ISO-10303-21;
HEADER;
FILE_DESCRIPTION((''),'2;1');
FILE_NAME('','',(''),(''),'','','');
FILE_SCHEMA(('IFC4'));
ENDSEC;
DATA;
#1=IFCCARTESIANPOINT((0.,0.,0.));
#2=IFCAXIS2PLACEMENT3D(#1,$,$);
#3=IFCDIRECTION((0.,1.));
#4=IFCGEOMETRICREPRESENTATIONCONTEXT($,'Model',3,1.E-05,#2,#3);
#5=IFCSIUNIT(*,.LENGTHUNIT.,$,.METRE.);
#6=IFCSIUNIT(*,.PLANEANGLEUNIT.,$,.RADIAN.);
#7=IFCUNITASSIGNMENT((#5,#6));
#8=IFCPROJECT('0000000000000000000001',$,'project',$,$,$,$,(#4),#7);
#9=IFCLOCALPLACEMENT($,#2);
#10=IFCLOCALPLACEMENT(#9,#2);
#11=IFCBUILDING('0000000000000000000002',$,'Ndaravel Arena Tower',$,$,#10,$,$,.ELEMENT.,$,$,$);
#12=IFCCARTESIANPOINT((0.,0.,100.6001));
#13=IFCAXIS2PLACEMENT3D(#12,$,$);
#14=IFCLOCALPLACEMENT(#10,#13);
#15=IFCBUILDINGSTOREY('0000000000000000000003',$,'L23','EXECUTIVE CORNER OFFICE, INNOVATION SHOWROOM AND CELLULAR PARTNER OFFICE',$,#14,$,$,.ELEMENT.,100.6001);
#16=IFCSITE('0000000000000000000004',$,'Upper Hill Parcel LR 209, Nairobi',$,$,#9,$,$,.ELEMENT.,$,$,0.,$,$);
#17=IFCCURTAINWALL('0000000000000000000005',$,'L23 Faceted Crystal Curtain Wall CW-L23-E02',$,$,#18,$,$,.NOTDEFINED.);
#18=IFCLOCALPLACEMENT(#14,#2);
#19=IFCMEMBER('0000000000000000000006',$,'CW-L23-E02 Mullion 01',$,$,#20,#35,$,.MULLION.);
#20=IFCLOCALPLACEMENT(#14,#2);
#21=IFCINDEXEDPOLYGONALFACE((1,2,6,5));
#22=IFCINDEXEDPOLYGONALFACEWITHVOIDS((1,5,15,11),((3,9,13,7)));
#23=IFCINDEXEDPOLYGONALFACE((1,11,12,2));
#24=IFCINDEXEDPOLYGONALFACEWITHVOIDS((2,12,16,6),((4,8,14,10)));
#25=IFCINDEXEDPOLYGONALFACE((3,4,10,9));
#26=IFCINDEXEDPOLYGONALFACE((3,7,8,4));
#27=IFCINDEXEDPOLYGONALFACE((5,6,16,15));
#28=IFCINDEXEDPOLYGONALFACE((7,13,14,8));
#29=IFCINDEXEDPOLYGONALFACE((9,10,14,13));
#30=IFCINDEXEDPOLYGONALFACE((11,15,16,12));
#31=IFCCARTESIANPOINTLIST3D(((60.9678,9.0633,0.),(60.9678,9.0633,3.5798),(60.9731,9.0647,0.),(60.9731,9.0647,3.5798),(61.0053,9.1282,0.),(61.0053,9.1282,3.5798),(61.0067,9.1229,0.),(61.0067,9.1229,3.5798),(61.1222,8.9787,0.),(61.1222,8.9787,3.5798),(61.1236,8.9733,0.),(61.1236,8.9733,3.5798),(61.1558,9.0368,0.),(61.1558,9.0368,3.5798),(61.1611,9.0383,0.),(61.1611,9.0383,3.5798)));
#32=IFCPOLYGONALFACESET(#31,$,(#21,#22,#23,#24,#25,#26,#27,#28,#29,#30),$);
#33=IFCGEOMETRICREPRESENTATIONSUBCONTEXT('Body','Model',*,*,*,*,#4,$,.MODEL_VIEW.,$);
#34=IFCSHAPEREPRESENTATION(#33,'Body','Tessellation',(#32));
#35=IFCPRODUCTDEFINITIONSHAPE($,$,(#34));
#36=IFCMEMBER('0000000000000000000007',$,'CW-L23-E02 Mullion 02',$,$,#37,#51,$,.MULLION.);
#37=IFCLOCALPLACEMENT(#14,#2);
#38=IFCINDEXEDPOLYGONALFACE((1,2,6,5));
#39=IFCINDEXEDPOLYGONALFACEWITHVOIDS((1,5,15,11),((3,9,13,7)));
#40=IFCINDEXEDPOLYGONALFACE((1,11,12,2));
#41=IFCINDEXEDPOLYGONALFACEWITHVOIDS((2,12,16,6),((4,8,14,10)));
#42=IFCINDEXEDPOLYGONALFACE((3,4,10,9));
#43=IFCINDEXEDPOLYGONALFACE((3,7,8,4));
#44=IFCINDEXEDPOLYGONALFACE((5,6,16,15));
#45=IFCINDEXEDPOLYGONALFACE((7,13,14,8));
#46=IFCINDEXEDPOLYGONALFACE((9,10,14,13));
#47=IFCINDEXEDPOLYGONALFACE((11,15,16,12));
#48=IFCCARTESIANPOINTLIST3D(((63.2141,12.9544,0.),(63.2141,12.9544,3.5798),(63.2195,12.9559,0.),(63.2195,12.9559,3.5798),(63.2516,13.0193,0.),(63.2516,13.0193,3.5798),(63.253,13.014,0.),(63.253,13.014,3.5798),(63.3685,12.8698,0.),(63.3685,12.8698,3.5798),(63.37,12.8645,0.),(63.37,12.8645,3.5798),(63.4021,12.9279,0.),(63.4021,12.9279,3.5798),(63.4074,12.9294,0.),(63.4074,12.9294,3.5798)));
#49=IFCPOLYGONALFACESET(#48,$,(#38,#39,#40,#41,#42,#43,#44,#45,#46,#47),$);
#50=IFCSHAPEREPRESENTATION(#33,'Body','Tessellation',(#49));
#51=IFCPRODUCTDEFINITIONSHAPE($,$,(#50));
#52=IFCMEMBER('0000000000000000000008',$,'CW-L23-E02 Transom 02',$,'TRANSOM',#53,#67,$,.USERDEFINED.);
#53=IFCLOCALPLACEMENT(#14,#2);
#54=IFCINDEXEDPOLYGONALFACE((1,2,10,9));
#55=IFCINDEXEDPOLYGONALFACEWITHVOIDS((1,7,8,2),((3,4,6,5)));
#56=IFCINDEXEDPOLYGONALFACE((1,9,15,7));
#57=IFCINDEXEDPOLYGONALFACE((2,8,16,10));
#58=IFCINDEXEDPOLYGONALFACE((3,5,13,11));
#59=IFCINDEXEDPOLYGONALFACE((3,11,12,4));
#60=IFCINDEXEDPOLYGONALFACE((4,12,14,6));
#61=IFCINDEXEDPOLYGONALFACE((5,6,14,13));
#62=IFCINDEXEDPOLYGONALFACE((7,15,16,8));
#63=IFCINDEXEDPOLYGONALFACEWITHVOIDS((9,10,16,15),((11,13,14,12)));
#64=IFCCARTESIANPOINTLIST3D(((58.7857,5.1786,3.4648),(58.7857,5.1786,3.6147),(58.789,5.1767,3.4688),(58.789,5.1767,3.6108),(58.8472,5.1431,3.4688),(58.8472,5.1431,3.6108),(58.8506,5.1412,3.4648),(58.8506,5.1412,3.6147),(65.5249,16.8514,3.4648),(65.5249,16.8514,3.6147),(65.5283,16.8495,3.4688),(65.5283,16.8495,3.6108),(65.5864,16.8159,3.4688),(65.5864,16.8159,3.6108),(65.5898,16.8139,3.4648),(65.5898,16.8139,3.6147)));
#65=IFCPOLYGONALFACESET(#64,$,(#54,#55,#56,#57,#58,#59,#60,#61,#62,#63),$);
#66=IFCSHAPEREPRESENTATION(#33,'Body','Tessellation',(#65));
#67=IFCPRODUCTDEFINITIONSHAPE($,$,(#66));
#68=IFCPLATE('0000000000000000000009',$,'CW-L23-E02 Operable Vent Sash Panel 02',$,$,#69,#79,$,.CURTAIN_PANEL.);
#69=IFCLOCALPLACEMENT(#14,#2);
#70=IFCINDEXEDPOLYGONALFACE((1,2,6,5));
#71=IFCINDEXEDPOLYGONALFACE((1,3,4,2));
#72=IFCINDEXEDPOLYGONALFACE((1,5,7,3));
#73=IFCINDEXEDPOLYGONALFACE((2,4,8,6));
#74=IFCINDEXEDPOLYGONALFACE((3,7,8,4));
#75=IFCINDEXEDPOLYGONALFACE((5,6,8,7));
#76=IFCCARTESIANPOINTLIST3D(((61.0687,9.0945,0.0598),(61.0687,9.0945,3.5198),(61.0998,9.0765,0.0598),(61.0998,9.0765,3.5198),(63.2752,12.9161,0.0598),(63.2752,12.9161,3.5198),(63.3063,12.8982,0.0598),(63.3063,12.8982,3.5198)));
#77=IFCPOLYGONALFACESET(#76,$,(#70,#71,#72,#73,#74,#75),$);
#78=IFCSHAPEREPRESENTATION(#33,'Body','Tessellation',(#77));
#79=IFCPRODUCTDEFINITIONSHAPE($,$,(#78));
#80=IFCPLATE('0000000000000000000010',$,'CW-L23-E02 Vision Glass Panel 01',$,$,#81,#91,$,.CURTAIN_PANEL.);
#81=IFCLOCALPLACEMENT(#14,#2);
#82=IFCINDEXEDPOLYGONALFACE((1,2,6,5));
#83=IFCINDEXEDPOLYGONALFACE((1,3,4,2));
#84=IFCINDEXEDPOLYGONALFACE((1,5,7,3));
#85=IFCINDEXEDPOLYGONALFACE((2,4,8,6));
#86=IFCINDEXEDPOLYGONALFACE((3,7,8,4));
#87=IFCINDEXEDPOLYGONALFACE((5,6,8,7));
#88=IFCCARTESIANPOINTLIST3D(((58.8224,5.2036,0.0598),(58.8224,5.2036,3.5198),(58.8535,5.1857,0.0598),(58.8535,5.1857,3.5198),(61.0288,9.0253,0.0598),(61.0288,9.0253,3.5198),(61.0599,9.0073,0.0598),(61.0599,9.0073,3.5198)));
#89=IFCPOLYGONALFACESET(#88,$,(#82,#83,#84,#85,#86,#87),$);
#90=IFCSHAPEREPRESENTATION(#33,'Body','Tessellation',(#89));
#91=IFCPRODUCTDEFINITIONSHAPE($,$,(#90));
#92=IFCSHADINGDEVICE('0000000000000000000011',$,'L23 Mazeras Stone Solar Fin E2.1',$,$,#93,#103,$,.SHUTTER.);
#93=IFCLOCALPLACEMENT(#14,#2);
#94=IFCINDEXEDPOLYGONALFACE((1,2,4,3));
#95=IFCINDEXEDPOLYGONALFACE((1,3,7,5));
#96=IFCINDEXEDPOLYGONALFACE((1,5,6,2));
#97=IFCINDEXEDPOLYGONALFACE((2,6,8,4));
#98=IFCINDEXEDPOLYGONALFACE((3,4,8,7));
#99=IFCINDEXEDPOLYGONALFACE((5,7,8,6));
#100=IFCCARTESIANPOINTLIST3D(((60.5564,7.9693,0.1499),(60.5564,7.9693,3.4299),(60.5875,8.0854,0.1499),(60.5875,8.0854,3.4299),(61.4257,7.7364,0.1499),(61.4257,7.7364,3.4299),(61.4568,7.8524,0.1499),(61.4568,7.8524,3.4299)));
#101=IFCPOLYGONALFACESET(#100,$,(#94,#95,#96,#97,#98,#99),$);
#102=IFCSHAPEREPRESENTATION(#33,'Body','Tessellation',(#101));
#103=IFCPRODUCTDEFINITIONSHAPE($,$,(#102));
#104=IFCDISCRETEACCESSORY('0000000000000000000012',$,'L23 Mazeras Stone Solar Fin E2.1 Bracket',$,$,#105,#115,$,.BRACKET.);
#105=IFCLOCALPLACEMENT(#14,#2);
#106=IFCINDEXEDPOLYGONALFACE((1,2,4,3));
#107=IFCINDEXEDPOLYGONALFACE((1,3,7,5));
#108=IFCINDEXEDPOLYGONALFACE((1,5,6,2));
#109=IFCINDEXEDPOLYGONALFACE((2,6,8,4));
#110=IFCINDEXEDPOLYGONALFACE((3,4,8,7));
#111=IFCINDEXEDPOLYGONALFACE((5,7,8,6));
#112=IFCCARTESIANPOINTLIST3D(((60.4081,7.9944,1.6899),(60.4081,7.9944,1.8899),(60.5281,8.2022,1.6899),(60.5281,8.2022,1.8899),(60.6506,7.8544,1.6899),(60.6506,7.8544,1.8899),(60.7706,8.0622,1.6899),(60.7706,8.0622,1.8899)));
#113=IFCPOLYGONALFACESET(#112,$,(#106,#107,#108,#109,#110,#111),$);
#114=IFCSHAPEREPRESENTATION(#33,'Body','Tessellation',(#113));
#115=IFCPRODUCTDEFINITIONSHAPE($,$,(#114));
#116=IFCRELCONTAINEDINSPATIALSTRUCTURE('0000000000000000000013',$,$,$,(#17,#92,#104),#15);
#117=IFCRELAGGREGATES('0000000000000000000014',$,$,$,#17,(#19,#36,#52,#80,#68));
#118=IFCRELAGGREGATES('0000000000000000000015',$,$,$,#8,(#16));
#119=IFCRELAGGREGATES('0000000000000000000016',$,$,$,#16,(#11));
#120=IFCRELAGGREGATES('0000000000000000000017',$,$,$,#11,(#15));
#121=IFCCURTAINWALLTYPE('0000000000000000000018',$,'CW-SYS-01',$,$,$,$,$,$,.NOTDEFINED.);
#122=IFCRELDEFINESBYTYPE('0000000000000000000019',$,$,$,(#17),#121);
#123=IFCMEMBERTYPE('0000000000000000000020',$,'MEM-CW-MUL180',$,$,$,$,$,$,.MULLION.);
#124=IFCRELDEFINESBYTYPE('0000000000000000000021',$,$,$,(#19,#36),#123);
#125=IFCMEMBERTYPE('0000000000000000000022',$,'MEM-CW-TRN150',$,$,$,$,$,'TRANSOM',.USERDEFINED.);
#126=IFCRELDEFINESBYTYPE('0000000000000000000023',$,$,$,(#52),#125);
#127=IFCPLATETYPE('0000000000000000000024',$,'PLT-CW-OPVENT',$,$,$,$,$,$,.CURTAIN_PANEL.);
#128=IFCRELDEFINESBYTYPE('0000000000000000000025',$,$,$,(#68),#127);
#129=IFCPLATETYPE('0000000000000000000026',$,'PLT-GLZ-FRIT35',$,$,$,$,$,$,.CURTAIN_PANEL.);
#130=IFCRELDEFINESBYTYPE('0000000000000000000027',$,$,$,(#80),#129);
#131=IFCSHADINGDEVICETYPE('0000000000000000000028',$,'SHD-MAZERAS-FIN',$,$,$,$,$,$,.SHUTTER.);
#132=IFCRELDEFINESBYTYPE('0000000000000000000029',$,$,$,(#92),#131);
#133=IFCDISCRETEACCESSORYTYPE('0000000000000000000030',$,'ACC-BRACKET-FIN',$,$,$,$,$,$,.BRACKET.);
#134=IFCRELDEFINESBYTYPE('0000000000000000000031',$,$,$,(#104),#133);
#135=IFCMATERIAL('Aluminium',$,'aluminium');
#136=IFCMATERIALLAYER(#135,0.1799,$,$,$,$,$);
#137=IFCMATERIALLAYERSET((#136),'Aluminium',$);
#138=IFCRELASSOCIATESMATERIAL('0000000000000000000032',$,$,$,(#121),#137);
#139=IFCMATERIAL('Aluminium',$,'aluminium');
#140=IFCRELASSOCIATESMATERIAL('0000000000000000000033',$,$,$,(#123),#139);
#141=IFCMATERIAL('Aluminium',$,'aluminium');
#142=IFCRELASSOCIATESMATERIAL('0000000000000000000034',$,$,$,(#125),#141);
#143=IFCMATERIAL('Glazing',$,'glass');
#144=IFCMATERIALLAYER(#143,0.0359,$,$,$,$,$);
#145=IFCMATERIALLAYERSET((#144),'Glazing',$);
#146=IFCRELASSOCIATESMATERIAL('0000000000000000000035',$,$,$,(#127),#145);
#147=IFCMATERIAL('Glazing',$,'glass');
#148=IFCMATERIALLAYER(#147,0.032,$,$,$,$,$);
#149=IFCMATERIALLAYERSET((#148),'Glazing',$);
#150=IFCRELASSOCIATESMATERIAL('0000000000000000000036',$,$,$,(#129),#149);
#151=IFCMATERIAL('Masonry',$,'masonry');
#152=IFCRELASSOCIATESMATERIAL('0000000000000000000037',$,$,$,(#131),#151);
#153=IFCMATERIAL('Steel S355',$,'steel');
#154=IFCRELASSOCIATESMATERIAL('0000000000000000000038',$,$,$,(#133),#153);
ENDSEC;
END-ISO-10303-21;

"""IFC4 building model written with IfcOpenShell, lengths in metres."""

from ifc_helpers import new_model, si_unit, direction, frame, origin, origin_2d, place, context, subcontext, project, spatial, rectangle, hollow_rectangle, extrude, material, layer, layer_set, material_profile, profile_set, type_object, element, aggregate, save


model = new_model("IFC4")

# Units and contexts
model_context = context("Model", 3, precision=1e-05, world=origin(), true_north=direction((0.0, 1.0)))
body_context = subcontext(model_context, "Body", "Model", "MODEL_VIEW")
ifc_project = project(units=[si_unit("LENGTHUNIT", "METRE"), si_unit("PLANEANGLEUNIT", "RADIAN")], contexts=[model_context])

# Site, building, storey
site_placement = place(None, origin())
site = spatial("IfcSite", under=ifc_project, at=site_placement, Name="Upper Hill Parcel LR 209, Nairobi", CompositionType="ELEMENT", RefElevation=0.0)
building_placement = place(site_placement, origin())
building = spatial("IfcBuilding", under=site, at=building_placement, Name="Ndaravel Arena Tower", CompositionType="ELEMENT")
storey_placement = place(building_placement, frame((0.0, 0.0, 100.6001)))
storey = spatial("IfcBuildingStorey", under=building, at=storey_placement, Name="L23", Description="EXECUTIVE CORNER OFFICE, INNOVATION SHOWROOM AND CELLULAR PARTNER OFFICE", CompositionType="ELEMENT", Elevation=100.6001)

# Curtain wall, members, plates
ifc_material_1 = material(Name="Aluminium", Category="aluminium")
ifc_layer_1 = layer(ifc_material_1, 0.1799)
ifc_layer_set_1 = layer_set([ifc_layer_1], Name="Aluminium")
curtain_wall_type = type_object("IfcCurtainWallType", Name="CW-SYS-01", PredefinedType="NOTDEFINED", material=ifc_layer_set_1)
curtain_wall_placement = place(storey_placement, origin())
curtain_wall = element("IfcCurtainWall", 1, at=curtain_wall_placement, inside=storey, type_object=curtain_wall_type, Name="L23 Faceted Crystal Curtain Wall CW-L23-E02", PredefinedType="NOTDEFINED")
ifc_material_2 = material(Name="Aluminium", Category="aluminium")
ifc_material_profile_1 = material_profile(ifc_material_2, hollow_rectangle(XDim=0.075, YDim=0.1799, WallThickness=0.0039, at=origin_2d()), Name="CW MULLION 75x180x4")
ifc_profile_set_1 = profile_set([ifc_material_profile_1], Name="Aluminium")
member_type_1 = type_object("IfcMemberType", Name="MEM-CW-MUL180", PredefinedType="MULLION", material=ifc_profile_set_1)
member_1_placement = place(storey_placement, frame((61.0645, 9.0508, 0.0), z_axis=(0.0, 0.0, 1.0), x_axis=(0.5, 0.866025, 0.0)))
member_1 = element("IfcMember", 2, at=member_1_placement, type_object=member_type_1, Name="CW-L23-E02 Mullion 01", PredefinedType="MULLION", context=body_context, shape_type="SweptSolid", body=[
    extrude(hollow_rectangle(XDim=0.075, YDim=0.1799, WallThickness=0.0039, at=origin_2d()), origin(), (0.0, 0.0, 1.0), 3.5798),
])
member_2_placement = place(storey_placement, frame((63.3108, 12.9419, 0.0), z_axis=(0.0, 0.0, 1.0), x_axis=(0.5, 0.866025, 0.0)))
member_2 = element("IfcMember", 3, at=member_2_placement, type_object=member_type_1, Name="CW-L23-E02 Mullion 02", PredefinedType="MULLION", context=body_context, shape_type="SweptSolid", body=[
    extrude(hollow_rectangle(XDim=0.075, YDim=0.1799, WallThickness=0.0039, at=origin_2d()), origin(), (0.0, 0.0, 1.0), 3.5798),
])
ifc_material_3 = material(Name="Aluminium", Category="aluminium")
ifc_material_profile_2 = material_profile(ifc_material_3, hollow_rectangle(XDim=0.075, YDim=0.1499, WallThickness=0.0039, at=origin_2d()), Name="CW TRANSOM 75x150x4")
ifc_profile_set_2 = profile_set([ifc_material_profile_2], Name="Aluminium")
member_type_2 = type_object("IfcMemberType", Name="MEM-CW-TRN150", ElementType="TRANSOM", PredefinedType="USERDEFINED", material=ifc_profile_set_2)
member_3_placement = place(storey_placement, frame((58.8181, 5.1599, 3.5398), z_axis=(0.499996, 0.866028, 0.0), x_axis=(-0.866028, 0.499996, 0.0)))
member_3 = element("IfcMember", 4, at=member_3_placement, type_object=member_type_2, Name="CW-L23-E02 Transom 02", ObjectType="TRANSOM", PredefinedType="USERDEFINED", context=body_context, shape_type="SweptSolid", body=[
    extrude(hollow_rectangle(XDim=0.075, YDim=0.1499, WallThickness=0.0039, at=origin_2d()), origin(), (0.0, 0.0, 1.0), 13.4785),
])
ifc_material_4 = material(Name="Glazing", Category="glass")
ifc_layer_2 = layer(ifc_material_4, 0.0359)
ifc_layer_set_2 = layer_set([ifc_layer_2], Name="Glazing")
plate_type_1 = type_object("IfcPlateType", Name="PLT-CW-OPVENT", PredefinedType="CURTAIN_PANEL", material=ifc_layer_set_2)
plate_1_placement = place(storey_placement, frame((62.1875, 10.9963, 0.0598), z_axis=(0.0, 0.0, 1.0), x_axis=(0.5, 0.866025, 0.0)))
plate_1 = element("IfcPlate", 5, at=plate_1_placement, type_object=plate_type_1, Name="CW-L23-E02 Operable Vent Sash Panel 02", PredefinedType="CURTAIN_PANEL", context=body_context, shape_type="SweptSolid", body=[
    extrude(rectangle(XDim=4.4128, YDim=0.0359, at=origin_2d()), origin(), (0.0, 0.0, 1.0), 3.46),
])
ifc_material_5 = material(Name="Glazing", Category="glass")
ifc_layer_3 = layer(ifc_material_5, 0.032)
ifc_layer_set_3 = layer_set([ifc_layer_3], Name="Glazing")
plate_type_2 = type_object("IfcPlateType", Name="PLT-GLZ-FRIT35", PredefinedType="CURTAIN_PANEL", material=ifc_layer_set_3)
plate_2_placement = place(storey_placement, frame((59.9412, 7.1055, 0.0598), z_axis=(0.0, 0.0, 1.0), x_axis=(0.5, 0.866025, 0.0)))
plate_2 = element("IfcPlate", 6, at=plate_2_placement, type_object=plate_type_2, Name="CW-L23-E02 Vision Glass Panel 01", PredefinedType="CURTAIN_PANEL", context=body_context, shape_type="SweptSolid", body=[
    extrude(rectangle(XDim=4.4128, YDim=0.0359, at=origin_2d()), origin(), (0.0, 0.0, 1.0), 3.46),
])
aggregate(curtain_wall, [member_1, member_2, member_3, plate_2, plate_1])

# Shading device
ifc_material_6 = material(Name="Masonry", Category="masonry")
shading_device_type = type_object("IfcShadingDeviceType", Name="SHD-MAZERAS-FIN", PredefinedType="SHUTTER", material=ifc_material_6)
shading_device_placement = place(storey_placement, frame((61.0066, 7.9109, 0.1499), z_axis=(0.0, 0.0, 1.0), x_axis=(0.965926, -0.258819, 0.0)))
element("IfcShadingDevice", 7, at=shading_device_placement, inside=storey, type_object=shading_device_type, Name="L23 Mazeras Stone Solar Fin E2.1", PredefinedType="SHUTTER", context=body_context, shape_type="SweptSolid", body=[
    extrude(rectangle(XDim=0.8999, YDim=0.1201, at=origin_2d()), origin(), (0.0, 0.0, 1.0), 3.28),
])

# Discrete accessory
ifc_material_7 = material(Name="Steel S355", Category="steel")
discrete_accessory_type = type_object("IfcDiscreteAccessoryType", Name="ACC-BRACKET-FIN", PredefinedType="BRACKET", material=ifc_material_7)
discrete_accessory_placement = place(storey_placement, frame((60.5894, 8.0283, 1.6899), z_axis=(0.0, 0.0, 1.0), x_axis=(0.866025, -0.5, 0.0)))
element("IfcDiscreteAccessory", 8, at=discrete_accessory_placement, inside=storey, type_object=discrete_accessory_type, Name="L23 Mazeras Stone Solar Fin E2.1 Bracket", PredefinedType="BRACKET", context=body_context, shape_type="SweptSolid", body=[
    extrude(rectangle(XDim=0.28, YDim=0.24, at=origin_2d()), origin(), (0.0, 0.0, 1.0), 0.2),
])

save(model, "model.ifc")
